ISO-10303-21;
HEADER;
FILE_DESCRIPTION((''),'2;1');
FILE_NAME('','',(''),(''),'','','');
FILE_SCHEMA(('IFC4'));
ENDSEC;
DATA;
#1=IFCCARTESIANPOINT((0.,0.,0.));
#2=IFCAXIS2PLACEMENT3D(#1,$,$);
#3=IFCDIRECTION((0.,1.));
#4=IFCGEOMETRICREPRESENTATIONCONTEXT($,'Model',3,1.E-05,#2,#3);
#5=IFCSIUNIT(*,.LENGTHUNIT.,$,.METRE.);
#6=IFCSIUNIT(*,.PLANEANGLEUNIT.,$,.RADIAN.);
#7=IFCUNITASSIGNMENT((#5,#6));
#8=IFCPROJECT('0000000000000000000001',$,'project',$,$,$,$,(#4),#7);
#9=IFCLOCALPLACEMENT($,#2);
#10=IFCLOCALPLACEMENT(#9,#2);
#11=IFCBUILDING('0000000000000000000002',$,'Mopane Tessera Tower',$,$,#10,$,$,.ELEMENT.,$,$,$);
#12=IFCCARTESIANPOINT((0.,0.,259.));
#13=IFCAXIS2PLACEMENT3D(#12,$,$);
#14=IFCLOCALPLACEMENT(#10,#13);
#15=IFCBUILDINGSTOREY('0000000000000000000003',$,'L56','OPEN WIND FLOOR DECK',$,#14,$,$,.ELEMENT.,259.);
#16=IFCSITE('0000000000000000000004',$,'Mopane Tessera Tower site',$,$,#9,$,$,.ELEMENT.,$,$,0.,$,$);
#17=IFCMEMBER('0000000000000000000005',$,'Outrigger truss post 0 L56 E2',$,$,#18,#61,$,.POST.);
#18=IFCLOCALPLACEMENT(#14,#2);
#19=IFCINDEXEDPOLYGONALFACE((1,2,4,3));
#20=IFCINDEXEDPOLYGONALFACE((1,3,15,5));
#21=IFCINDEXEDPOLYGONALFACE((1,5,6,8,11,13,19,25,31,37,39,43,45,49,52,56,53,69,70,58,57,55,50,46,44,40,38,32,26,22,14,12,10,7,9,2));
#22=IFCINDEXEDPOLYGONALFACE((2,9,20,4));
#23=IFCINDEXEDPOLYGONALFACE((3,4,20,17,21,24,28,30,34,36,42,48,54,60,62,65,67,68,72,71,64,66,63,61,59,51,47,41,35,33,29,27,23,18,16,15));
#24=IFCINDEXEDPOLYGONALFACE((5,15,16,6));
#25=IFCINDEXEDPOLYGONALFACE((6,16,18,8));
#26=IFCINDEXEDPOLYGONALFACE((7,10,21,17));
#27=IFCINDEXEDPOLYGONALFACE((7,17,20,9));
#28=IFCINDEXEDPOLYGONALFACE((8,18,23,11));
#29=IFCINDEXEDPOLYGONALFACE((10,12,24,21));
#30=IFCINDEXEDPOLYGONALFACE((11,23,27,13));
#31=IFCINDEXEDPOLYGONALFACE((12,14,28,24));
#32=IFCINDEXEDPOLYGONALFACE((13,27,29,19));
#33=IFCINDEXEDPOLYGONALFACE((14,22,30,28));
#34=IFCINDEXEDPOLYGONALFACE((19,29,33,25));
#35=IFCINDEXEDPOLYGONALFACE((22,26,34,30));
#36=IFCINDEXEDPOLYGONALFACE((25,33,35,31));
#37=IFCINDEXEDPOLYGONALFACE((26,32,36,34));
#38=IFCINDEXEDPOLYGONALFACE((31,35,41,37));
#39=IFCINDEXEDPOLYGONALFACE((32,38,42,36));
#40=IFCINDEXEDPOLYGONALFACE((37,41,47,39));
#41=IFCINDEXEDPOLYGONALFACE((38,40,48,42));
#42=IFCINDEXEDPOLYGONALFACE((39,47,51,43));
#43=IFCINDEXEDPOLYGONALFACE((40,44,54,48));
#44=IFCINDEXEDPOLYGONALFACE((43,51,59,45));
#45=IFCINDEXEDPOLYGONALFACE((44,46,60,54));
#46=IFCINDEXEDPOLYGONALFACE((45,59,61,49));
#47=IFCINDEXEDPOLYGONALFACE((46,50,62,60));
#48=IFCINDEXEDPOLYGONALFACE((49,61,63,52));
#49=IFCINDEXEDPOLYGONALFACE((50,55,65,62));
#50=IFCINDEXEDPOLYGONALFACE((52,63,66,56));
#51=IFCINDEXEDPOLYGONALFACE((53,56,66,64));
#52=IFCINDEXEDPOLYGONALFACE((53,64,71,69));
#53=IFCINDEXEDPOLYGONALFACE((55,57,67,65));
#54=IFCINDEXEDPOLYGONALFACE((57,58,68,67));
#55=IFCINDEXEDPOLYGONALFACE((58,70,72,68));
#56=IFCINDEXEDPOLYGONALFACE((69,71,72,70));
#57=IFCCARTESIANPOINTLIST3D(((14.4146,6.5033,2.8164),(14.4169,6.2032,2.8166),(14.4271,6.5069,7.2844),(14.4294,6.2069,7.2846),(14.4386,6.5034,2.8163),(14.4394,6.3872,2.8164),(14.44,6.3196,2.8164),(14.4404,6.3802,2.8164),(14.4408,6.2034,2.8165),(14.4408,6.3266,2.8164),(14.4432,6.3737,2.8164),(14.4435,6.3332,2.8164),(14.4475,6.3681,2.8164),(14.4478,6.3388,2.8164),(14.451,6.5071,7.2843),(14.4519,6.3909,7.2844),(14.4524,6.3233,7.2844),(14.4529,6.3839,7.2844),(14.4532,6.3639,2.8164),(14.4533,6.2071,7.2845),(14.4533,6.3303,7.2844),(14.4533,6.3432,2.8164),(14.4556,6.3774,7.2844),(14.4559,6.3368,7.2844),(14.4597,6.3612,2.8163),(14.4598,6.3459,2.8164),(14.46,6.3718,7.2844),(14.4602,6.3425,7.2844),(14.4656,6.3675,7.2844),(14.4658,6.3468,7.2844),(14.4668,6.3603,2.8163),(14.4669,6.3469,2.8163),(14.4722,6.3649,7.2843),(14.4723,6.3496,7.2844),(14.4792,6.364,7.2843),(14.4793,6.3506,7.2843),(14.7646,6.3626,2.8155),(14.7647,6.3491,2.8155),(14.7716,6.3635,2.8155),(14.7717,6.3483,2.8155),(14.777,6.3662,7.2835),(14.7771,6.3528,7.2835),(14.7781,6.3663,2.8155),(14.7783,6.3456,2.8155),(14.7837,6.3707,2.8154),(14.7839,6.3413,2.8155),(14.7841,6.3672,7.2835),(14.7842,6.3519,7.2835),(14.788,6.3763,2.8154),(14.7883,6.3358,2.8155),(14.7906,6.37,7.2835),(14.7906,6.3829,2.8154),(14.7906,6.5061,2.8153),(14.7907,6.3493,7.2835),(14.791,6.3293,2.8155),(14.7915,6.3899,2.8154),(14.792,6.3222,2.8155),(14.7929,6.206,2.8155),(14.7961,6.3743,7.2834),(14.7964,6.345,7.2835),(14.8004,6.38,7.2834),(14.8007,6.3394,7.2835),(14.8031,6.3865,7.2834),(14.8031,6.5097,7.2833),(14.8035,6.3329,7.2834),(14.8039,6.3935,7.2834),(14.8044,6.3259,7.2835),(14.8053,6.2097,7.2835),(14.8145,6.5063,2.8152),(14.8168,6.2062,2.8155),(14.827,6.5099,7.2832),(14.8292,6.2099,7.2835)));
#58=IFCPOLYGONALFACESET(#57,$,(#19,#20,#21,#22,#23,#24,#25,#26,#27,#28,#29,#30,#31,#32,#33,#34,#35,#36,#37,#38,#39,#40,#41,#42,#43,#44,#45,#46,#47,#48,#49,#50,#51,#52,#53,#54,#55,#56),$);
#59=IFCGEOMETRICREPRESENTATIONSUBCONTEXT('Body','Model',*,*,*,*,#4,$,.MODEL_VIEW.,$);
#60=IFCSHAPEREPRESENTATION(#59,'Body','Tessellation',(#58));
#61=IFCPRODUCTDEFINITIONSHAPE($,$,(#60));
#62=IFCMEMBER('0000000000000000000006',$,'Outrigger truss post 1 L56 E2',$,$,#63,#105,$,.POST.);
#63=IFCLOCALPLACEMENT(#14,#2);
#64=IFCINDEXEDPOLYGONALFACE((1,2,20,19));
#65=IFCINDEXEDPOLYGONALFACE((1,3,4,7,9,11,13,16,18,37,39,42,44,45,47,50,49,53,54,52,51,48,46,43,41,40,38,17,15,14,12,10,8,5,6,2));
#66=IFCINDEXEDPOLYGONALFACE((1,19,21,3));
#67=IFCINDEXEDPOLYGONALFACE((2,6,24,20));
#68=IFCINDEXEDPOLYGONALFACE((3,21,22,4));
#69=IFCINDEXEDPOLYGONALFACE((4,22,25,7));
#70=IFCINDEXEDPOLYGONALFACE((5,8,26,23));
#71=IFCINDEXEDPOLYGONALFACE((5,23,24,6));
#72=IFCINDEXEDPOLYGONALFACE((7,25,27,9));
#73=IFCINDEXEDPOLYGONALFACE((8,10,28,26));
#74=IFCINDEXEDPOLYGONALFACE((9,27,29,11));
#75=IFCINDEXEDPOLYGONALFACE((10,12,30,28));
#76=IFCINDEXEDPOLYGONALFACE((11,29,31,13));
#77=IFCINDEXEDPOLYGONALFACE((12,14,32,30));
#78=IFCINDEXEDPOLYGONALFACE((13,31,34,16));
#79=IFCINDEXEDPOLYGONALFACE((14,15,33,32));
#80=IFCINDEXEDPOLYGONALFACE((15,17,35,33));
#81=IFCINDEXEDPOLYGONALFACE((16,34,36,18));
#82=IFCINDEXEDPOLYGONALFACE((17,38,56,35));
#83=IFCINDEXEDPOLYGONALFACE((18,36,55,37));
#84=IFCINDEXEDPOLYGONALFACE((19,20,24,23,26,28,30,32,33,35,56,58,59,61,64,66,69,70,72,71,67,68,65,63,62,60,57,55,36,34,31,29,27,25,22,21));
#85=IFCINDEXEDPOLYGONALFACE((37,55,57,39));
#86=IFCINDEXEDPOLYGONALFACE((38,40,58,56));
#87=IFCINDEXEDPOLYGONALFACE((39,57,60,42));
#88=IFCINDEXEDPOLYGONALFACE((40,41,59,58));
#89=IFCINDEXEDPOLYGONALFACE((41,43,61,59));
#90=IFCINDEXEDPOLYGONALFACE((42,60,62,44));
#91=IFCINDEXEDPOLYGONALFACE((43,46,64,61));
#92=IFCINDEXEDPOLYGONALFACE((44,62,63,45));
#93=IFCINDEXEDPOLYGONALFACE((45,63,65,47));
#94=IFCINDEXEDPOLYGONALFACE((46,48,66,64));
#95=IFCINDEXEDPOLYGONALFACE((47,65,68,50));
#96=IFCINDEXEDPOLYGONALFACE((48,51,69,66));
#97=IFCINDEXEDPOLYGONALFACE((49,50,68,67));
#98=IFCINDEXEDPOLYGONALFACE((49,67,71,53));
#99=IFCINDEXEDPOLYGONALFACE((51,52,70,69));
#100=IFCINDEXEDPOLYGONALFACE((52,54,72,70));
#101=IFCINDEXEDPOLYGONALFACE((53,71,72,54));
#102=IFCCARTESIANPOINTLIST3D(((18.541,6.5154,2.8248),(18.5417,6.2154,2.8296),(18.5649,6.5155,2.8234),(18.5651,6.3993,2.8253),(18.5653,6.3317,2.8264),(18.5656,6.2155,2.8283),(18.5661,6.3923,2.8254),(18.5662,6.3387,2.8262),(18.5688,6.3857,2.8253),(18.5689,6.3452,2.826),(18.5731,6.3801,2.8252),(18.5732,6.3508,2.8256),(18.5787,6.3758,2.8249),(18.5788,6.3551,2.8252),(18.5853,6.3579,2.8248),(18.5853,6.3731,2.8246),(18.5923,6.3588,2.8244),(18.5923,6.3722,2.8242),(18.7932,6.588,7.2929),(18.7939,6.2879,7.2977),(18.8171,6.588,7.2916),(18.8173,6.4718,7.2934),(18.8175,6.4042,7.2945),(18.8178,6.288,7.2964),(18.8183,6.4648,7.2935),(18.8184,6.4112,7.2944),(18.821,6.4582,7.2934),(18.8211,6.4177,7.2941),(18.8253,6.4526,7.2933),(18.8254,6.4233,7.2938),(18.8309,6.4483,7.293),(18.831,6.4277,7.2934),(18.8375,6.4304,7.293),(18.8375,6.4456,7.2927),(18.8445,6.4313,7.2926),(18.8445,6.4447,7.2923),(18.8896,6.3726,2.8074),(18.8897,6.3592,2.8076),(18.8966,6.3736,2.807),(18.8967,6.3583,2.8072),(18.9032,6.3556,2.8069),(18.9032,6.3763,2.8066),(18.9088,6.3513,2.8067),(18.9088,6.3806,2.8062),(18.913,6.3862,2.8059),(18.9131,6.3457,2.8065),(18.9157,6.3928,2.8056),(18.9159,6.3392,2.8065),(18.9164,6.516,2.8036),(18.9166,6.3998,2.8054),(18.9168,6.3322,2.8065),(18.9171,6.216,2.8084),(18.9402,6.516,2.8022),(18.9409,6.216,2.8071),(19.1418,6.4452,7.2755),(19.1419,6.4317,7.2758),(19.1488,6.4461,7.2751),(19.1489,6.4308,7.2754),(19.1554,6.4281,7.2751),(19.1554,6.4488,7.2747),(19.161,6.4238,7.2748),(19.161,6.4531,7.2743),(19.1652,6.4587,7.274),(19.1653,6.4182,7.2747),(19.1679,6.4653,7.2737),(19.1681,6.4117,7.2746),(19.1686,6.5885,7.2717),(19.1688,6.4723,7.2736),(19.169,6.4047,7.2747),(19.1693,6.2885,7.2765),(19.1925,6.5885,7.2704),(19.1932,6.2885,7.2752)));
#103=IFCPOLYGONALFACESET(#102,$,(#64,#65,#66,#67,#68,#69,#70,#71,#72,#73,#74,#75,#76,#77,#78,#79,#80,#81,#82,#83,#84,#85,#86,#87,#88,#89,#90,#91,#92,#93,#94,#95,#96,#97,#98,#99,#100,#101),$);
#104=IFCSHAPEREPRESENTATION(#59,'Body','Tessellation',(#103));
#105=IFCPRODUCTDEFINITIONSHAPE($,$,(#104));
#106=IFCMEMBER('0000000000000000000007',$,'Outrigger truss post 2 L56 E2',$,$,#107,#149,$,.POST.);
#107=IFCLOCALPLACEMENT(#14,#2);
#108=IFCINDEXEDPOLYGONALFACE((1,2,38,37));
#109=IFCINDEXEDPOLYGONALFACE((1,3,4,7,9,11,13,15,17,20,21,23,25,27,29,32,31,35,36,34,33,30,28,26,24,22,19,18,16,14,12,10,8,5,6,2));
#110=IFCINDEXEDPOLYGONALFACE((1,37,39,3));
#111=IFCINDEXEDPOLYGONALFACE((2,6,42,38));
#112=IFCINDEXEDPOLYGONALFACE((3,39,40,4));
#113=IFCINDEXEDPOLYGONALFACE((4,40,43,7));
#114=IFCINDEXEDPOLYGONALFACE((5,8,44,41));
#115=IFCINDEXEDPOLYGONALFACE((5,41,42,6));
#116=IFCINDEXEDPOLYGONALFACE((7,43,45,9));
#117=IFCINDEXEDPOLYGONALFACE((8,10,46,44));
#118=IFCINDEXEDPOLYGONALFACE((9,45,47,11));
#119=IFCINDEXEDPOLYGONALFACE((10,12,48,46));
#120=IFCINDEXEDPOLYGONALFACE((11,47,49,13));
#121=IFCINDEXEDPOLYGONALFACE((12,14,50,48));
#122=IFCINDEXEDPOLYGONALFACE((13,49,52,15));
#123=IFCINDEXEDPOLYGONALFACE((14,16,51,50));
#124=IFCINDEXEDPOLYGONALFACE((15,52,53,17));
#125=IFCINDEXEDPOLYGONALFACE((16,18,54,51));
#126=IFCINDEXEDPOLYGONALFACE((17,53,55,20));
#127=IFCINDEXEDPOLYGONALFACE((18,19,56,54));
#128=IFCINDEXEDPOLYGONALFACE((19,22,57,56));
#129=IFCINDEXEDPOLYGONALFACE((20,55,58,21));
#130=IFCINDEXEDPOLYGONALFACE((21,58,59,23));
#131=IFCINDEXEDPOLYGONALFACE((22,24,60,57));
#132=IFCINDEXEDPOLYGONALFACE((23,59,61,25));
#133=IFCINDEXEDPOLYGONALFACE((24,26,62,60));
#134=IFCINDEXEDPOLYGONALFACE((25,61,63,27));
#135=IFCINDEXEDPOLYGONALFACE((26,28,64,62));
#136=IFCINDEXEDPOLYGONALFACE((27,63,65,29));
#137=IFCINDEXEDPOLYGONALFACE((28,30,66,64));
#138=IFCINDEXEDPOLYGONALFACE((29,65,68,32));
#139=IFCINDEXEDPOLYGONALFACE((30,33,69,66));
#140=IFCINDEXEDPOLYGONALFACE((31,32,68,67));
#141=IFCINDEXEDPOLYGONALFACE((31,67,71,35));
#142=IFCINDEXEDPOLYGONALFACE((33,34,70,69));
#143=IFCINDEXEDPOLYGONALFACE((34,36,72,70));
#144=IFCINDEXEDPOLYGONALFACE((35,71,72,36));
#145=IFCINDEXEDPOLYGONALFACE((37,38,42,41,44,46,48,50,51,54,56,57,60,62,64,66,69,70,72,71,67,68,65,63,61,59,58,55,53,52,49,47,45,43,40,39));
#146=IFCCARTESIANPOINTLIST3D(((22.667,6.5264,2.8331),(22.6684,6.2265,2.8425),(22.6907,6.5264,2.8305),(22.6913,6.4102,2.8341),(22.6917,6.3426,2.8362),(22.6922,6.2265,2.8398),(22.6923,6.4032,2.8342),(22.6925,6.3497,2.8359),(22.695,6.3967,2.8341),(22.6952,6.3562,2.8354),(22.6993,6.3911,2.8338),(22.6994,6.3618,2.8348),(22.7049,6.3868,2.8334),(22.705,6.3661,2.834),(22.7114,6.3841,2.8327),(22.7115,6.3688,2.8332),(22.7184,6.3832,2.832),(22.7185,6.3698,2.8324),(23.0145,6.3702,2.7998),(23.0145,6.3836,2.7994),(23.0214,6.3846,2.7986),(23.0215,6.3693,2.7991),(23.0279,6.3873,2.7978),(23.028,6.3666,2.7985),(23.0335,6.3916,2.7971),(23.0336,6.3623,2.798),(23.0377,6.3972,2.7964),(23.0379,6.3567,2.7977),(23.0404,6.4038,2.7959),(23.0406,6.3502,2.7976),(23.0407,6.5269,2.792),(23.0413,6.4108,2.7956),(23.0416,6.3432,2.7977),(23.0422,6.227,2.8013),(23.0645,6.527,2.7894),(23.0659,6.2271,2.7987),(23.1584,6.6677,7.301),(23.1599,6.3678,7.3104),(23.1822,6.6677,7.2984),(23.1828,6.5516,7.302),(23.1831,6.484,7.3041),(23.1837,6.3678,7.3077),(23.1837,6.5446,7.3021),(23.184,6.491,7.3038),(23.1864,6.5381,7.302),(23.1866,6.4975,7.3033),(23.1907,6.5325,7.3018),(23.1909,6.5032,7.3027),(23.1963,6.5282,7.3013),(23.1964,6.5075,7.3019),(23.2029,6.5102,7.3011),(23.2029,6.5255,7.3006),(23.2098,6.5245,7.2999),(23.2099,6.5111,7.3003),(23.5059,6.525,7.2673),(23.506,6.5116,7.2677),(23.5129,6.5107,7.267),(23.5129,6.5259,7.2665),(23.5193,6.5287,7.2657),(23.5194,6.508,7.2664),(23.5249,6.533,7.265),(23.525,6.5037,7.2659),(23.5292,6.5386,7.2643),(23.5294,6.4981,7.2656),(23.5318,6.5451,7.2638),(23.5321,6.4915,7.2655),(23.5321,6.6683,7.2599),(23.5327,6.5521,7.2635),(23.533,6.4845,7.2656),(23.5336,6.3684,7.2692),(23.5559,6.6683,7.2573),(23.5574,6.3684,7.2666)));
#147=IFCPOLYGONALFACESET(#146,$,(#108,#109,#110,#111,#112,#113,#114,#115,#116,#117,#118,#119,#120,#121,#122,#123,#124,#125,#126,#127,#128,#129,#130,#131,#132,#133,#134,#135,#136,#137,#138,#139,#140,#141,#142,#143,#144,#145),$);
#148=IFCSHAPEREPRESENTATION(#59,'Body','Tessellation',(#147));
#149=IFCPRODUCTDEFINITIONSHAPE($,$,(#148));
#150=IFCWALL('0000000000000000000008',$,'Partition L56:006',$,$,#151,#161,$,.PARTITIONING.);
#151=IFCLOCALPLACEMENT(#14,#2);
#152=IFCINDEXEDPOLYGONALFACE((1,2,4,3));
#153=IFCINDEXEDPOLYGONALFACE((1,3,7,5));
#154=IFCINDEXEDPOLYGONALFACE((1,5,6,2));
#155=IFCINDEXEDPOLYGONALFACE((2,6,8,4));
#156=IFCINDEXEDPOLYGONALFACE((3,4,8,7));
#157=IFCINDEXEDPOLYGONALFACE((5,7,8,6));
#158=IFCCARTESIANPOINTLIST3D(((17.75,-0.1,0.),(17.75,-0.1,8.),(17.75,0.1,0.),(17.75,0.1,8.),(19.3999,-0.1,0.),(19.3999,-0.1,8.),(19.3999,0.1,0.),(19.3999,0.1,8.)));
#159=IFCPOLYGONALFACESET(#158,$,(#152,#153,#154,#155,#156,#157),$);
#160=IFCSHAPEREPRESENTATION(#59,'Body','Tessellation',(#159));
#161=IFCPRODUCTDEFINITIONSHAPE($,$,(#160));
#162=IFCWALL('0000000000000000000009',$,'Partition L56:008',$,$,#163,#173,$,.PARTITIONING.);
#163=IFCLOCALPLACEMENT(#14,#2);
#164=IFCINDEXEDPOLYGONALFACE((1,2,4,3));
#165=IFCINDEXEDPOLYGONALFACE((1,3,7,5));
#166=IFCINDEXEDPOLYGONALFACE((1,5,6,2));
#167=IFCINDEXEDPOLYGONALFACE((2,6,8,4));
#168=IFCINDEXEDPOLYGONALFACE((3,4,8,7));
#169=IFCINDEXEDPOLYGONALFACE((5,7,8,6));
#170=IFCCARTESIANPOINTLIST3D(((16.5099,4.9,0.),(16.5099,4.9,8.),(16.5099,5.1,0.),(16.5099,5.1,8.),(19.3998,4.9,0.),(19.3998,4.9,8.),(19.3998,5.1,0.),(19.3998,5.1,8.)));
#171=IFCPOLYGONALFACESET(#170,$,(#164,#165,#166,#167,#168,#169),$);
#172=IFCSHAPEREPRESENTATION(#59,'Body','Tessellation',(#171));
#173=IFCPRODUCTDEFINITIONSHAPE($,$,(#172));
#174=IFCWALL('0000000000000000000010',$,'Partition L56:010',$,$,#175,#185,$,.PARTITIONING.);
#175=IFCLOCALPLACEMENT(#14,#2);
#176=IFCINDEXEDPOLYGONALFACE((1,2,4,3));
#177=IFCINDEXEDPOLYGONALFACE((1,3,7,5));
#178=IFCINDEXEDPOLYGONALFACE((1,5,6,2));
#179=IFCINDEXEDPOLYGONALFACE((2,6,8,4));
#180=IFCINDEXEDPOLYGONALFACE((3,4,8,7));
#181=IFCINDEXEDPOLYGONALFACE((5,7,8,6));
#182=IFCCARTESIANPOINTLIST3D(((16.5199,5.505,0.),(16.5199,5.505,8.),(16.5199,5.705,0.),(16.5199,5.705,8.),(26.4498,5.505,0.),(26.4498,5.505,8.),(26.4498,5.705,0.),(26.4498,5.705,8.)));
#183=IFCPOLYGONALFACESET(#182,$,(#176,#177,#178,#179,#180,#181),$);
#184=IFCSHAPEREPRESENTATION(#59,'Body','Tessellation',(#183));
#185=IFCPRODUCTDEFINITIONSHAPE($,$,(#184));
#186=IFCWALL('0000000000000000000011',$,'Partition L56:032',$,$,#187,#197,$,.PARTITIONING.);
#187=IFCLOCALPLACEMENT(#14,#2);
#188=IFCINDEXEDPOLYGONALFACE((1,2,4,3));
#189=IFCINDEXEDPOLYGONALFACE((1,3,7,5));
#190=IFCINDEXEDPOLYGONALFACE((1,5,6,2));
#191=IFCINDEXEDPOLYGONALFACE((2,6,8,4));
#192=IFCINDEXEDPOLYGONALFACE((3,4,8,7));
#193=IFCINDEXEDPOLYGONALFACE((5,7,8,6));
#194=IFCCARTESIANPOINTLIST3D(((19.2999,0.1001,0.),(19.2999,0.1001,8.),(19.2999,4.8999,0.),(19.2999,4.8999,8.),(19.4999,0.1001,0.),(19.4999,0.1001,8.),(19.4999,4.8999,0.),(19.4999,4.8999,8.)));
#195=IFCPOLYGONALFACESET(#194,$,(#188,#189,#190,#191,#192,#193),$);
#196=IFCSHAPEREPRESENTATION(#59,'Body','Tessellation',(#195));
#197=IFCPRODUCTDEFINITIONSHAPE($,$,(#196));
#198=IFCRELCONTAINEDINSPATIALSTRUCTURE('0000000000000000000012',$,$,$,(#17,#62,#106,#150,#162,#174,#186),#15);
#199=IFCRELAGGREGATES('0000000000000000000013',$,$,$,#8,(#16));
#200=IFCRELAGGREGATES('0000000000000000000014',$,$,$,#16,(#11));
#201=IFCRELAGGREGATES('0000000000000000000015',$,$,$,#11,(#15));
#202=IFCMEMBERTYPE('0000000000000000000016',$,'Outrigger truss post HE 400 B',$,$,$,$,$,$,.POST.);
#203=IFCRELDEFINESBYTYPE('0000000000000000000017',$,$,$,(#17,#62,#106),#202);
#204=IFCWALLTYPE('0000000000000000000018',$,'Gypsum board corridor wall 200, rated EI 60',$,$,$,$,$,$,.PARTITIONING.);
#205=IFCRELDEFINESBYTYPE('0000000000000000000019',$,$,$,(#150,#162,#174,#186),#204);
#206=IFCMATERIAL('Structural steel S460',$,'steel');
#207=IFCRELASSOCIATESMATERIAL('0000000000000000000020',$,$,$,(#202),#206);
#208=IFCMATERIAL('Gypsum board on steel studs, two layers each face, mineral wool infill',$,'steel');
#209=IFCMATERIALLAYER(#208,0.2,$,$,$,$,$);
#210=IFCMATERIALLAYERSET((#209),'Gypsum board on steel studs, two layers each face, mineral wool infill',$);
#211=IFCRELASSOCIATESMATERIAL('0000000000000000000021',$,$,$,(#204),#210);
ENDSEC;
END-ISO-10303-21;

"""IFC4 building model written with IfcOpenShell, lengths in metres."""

from ifc_helpers import new_model, si_unit, direction, frame, frame_2d, origin, origin_2d, place, context, subcontext, project, spatial, rectangle, i_section, extrude, material, layer, layer_set, material_profile, profile_set, type_object, element, save


model = new_model("IFC4")

# Units and contexts
model_context = context("Model", 3, precision=1e-05, world=origin(), true_north=direction((0.0, 1.0)))
body_context = subcontext(model_context, "Body", "Model", "MODEL_VIEW")
ifc_project = project(units=[si_unit("LENGTHUNIT", "METRE"), si_unit("PLANEANGLEUNIT", "RADIAN")], contexts=[model_context])

# Site, building, storey
site_placement = place(None, origin())
site = spatial("IfcSite", under=ifc_project, at=site_placement, Name="Mopane Tessera Tower site", CompositionType="ELEMENT", RefElevation=0.0)
building_placement = place(site_placement, origin())
building = spatial("IfcBuilding", under=site, at=building_placement, Name="Mopane Tessera Tower", CompositionType="ELEMENT")
storey_placement = place(building_placement, frame((0.0, 0.0, 259.0)))
storey = spatial("IfcBuildingStorey", under=building, at=storey_placement, Name="L56", Description="OPEN WIND FLOOR DECK", CompositionType="ELEMENT", Elevation=259.0)

# Members
ifc_material_1 = material(Name="Structural steel S460", Category="steel")
ifc_material_profile_1 = material_profile(ifc_material_1, i_section(OverallWidth=0.3, OverallDepth=0.3999, WebThickness=0.0134, FlangeThickness=0.0239, FilletRadius=0.0271, at=origin_2d()))
ifc_profile_set_1 = profile_set([ifc_material_profile_1], Name="Structural steel S460")
member_type_1 = type_object("IfcMemberType", Name="Outrigger truss post HE 400 B", PredefinedType="POST", material=ifc_profile_set_1)
member_1_placement = place(storey_placement, frame((14.6157, 6.3547, 2.8159), z_axis=(0.002787, 0.00082, 0.999996), x_axis=(-0.007519, 0.999971, -0.000799)))
element("IfcMember", 1, at=member_1_placement, inside=storey, type_object=member_type_1, Name="Outrigger truss post 0 L56 E2", PredefinedType="POST", context=body_context, shape_type="SweptSolid", body=[
    extrude(i_section(OverallWidth=0.3, OverallDepth=0.3999, WebThickness=0.0134, FlangeThickness=0.0239, FilletRadius=0.0271, at=origin_2d()), origin(), (0.0, 0.0, 1.0), 4.468),
])
member_2_placement = place(storey_placement, frame((18.741, 6.3657, 2.8159), z_axis=(0.056348, 0.016201, 0.99828), x_axis=(-0.002334, 0.999868, -0.016095)))
element("IfcMember", 2, at=member_2_placement, inside=storey, type_object=member_type_1, Name="Outrigger truss post 1 L56 E2", PredefinedType="POST", context=body_context, shape_type="SweptSolid", body=[
    extrude(i_section(OverallWidth=0.3, OverallDepth=0.3999, WebThickness=0.0134, FlangeThickness=0.0239, FilletRadius=0.0271, at=origin_2d()), origin(), (0.0, 0.0, 1.0), 4.4758),
])
member_3_placement = place(storey_placement, frame((22.8665, 6.3767, 2.8159), z_axis=(0.109281, 0.031432, 0.993514), x_axis=(-0.004954, 0.999505, -0.031077)))
element("IfcMember", 3, at=member_3_placement, inside=storey, type_object=member_type_1, Name="Outrigger truss post 2 L56 E2", PredefinedType="POST", context=body_context, shape_type="SweptSolid", body=[
    extrude(i_section(OverallWidth=0.3, OverallDepth=0.3999, WebThickness=0.0134, FlangeThickness=0.0239, FilletRadius=0.0271, at=origin_2d()), origin(), (0.0, 0.0, 1.0), 4.4971),
])

# Walls
ifc_material_2 = material(Name="Gypsum board on steel studs, two layers each face, mineral wool infill", Category="steel")
ifc_layer_1 = layer(ifc_material_2, 0.2)
ifc_layer_set_1 = layer_set([ifc_layer_1], Name="Gypsum board on steel studs, two layers each face, mineral wool infill")
wall_type = type_object("IfcWallType", Name="Gypsum board corridor wall 200, rated EI 60", PredefinedType="PARTITIONING", material=ifc_layer_set_1)
wall_1_placement = place(storey_placement, frame((17.75, 0.0, 0.0), z_axis=(0.0, 0.0, 1.0), x_axis=(1.0, 0.0, 0.0)))
element("IfcWall", 4, at=wall_1_placement, inside=storey, type_object=wall_type, Name="Partition L56:006", PredefinedType="PARTITIONING", context=body_context, shape_type="SweptSolid", body=[
    extrude(rectangle(XDim=1.6499, YDim=0.2, at=frame_2d((0.825, 0.0))), origin(), (0.0, 0.0, 1.0), 8.0),
])
wall_2_placement = place(storey_placement, frame((16.51, 5.0, 0.0), z_axis=(0.0, 0.0, 1.0), x_axis=(1.0, 0.0, 0.0)))
element("IfcWall", 5, at=wall_2_placement, inside=storey, type_object=wall_type, Name="Partition L56:008", PredefinedType="PARTITIONING", context=body_context, shape_type="SweptSolid", body=[
    extrude(rectangle(XDim=2.8899, YDim=0.2, at=frame_2d((1.4448, 0.0))), origin(), (0.0, 0.0, 1.0), 8.0),
])
wall_3_placement = place(storey_placement, frame((16.52, 5.605, 0.0), z_axis=(0.0, 0.0, 1.0), x_axis=(1.0, 0.0, 0.0)))
element("IfcWall", 6, at=wall_3_placement, inside=storey, type_object=wall_type, Name="Partition L56:010", PredefinedType="PARTITIONING", context=body_context, shape_type="SweptSolid", body=[
    extrude(rectangle(XDim=9.9299, YDim=0.2, at=frame_2d((4.9648, 0.0))), origin(), (0.0, 0.0, 1.0), 8.0),
])
wall_4_placement = place(storey_placement, frame((19.3999, 0.1001, 0.0), z_axis=(0.0, 0.0, 1.0), x_axis=(0.0, 1.0, 0.0)))
element("IfcWall", 7, at=wall_4_placement, inside=storey, type_object=wall_type, Name="Partition L56:032", PredefinedType="PARTITIONING", context=body_context, shape_type="SweptSolid", body=[
    extrude(rectangle(XDim=4.7998, YDim=0.2, at=frame_2d((2.3999, 0.0))), origin(), (0.0, 0.0, 1.0), 8.0),
])

save(model, "model.ifc")
